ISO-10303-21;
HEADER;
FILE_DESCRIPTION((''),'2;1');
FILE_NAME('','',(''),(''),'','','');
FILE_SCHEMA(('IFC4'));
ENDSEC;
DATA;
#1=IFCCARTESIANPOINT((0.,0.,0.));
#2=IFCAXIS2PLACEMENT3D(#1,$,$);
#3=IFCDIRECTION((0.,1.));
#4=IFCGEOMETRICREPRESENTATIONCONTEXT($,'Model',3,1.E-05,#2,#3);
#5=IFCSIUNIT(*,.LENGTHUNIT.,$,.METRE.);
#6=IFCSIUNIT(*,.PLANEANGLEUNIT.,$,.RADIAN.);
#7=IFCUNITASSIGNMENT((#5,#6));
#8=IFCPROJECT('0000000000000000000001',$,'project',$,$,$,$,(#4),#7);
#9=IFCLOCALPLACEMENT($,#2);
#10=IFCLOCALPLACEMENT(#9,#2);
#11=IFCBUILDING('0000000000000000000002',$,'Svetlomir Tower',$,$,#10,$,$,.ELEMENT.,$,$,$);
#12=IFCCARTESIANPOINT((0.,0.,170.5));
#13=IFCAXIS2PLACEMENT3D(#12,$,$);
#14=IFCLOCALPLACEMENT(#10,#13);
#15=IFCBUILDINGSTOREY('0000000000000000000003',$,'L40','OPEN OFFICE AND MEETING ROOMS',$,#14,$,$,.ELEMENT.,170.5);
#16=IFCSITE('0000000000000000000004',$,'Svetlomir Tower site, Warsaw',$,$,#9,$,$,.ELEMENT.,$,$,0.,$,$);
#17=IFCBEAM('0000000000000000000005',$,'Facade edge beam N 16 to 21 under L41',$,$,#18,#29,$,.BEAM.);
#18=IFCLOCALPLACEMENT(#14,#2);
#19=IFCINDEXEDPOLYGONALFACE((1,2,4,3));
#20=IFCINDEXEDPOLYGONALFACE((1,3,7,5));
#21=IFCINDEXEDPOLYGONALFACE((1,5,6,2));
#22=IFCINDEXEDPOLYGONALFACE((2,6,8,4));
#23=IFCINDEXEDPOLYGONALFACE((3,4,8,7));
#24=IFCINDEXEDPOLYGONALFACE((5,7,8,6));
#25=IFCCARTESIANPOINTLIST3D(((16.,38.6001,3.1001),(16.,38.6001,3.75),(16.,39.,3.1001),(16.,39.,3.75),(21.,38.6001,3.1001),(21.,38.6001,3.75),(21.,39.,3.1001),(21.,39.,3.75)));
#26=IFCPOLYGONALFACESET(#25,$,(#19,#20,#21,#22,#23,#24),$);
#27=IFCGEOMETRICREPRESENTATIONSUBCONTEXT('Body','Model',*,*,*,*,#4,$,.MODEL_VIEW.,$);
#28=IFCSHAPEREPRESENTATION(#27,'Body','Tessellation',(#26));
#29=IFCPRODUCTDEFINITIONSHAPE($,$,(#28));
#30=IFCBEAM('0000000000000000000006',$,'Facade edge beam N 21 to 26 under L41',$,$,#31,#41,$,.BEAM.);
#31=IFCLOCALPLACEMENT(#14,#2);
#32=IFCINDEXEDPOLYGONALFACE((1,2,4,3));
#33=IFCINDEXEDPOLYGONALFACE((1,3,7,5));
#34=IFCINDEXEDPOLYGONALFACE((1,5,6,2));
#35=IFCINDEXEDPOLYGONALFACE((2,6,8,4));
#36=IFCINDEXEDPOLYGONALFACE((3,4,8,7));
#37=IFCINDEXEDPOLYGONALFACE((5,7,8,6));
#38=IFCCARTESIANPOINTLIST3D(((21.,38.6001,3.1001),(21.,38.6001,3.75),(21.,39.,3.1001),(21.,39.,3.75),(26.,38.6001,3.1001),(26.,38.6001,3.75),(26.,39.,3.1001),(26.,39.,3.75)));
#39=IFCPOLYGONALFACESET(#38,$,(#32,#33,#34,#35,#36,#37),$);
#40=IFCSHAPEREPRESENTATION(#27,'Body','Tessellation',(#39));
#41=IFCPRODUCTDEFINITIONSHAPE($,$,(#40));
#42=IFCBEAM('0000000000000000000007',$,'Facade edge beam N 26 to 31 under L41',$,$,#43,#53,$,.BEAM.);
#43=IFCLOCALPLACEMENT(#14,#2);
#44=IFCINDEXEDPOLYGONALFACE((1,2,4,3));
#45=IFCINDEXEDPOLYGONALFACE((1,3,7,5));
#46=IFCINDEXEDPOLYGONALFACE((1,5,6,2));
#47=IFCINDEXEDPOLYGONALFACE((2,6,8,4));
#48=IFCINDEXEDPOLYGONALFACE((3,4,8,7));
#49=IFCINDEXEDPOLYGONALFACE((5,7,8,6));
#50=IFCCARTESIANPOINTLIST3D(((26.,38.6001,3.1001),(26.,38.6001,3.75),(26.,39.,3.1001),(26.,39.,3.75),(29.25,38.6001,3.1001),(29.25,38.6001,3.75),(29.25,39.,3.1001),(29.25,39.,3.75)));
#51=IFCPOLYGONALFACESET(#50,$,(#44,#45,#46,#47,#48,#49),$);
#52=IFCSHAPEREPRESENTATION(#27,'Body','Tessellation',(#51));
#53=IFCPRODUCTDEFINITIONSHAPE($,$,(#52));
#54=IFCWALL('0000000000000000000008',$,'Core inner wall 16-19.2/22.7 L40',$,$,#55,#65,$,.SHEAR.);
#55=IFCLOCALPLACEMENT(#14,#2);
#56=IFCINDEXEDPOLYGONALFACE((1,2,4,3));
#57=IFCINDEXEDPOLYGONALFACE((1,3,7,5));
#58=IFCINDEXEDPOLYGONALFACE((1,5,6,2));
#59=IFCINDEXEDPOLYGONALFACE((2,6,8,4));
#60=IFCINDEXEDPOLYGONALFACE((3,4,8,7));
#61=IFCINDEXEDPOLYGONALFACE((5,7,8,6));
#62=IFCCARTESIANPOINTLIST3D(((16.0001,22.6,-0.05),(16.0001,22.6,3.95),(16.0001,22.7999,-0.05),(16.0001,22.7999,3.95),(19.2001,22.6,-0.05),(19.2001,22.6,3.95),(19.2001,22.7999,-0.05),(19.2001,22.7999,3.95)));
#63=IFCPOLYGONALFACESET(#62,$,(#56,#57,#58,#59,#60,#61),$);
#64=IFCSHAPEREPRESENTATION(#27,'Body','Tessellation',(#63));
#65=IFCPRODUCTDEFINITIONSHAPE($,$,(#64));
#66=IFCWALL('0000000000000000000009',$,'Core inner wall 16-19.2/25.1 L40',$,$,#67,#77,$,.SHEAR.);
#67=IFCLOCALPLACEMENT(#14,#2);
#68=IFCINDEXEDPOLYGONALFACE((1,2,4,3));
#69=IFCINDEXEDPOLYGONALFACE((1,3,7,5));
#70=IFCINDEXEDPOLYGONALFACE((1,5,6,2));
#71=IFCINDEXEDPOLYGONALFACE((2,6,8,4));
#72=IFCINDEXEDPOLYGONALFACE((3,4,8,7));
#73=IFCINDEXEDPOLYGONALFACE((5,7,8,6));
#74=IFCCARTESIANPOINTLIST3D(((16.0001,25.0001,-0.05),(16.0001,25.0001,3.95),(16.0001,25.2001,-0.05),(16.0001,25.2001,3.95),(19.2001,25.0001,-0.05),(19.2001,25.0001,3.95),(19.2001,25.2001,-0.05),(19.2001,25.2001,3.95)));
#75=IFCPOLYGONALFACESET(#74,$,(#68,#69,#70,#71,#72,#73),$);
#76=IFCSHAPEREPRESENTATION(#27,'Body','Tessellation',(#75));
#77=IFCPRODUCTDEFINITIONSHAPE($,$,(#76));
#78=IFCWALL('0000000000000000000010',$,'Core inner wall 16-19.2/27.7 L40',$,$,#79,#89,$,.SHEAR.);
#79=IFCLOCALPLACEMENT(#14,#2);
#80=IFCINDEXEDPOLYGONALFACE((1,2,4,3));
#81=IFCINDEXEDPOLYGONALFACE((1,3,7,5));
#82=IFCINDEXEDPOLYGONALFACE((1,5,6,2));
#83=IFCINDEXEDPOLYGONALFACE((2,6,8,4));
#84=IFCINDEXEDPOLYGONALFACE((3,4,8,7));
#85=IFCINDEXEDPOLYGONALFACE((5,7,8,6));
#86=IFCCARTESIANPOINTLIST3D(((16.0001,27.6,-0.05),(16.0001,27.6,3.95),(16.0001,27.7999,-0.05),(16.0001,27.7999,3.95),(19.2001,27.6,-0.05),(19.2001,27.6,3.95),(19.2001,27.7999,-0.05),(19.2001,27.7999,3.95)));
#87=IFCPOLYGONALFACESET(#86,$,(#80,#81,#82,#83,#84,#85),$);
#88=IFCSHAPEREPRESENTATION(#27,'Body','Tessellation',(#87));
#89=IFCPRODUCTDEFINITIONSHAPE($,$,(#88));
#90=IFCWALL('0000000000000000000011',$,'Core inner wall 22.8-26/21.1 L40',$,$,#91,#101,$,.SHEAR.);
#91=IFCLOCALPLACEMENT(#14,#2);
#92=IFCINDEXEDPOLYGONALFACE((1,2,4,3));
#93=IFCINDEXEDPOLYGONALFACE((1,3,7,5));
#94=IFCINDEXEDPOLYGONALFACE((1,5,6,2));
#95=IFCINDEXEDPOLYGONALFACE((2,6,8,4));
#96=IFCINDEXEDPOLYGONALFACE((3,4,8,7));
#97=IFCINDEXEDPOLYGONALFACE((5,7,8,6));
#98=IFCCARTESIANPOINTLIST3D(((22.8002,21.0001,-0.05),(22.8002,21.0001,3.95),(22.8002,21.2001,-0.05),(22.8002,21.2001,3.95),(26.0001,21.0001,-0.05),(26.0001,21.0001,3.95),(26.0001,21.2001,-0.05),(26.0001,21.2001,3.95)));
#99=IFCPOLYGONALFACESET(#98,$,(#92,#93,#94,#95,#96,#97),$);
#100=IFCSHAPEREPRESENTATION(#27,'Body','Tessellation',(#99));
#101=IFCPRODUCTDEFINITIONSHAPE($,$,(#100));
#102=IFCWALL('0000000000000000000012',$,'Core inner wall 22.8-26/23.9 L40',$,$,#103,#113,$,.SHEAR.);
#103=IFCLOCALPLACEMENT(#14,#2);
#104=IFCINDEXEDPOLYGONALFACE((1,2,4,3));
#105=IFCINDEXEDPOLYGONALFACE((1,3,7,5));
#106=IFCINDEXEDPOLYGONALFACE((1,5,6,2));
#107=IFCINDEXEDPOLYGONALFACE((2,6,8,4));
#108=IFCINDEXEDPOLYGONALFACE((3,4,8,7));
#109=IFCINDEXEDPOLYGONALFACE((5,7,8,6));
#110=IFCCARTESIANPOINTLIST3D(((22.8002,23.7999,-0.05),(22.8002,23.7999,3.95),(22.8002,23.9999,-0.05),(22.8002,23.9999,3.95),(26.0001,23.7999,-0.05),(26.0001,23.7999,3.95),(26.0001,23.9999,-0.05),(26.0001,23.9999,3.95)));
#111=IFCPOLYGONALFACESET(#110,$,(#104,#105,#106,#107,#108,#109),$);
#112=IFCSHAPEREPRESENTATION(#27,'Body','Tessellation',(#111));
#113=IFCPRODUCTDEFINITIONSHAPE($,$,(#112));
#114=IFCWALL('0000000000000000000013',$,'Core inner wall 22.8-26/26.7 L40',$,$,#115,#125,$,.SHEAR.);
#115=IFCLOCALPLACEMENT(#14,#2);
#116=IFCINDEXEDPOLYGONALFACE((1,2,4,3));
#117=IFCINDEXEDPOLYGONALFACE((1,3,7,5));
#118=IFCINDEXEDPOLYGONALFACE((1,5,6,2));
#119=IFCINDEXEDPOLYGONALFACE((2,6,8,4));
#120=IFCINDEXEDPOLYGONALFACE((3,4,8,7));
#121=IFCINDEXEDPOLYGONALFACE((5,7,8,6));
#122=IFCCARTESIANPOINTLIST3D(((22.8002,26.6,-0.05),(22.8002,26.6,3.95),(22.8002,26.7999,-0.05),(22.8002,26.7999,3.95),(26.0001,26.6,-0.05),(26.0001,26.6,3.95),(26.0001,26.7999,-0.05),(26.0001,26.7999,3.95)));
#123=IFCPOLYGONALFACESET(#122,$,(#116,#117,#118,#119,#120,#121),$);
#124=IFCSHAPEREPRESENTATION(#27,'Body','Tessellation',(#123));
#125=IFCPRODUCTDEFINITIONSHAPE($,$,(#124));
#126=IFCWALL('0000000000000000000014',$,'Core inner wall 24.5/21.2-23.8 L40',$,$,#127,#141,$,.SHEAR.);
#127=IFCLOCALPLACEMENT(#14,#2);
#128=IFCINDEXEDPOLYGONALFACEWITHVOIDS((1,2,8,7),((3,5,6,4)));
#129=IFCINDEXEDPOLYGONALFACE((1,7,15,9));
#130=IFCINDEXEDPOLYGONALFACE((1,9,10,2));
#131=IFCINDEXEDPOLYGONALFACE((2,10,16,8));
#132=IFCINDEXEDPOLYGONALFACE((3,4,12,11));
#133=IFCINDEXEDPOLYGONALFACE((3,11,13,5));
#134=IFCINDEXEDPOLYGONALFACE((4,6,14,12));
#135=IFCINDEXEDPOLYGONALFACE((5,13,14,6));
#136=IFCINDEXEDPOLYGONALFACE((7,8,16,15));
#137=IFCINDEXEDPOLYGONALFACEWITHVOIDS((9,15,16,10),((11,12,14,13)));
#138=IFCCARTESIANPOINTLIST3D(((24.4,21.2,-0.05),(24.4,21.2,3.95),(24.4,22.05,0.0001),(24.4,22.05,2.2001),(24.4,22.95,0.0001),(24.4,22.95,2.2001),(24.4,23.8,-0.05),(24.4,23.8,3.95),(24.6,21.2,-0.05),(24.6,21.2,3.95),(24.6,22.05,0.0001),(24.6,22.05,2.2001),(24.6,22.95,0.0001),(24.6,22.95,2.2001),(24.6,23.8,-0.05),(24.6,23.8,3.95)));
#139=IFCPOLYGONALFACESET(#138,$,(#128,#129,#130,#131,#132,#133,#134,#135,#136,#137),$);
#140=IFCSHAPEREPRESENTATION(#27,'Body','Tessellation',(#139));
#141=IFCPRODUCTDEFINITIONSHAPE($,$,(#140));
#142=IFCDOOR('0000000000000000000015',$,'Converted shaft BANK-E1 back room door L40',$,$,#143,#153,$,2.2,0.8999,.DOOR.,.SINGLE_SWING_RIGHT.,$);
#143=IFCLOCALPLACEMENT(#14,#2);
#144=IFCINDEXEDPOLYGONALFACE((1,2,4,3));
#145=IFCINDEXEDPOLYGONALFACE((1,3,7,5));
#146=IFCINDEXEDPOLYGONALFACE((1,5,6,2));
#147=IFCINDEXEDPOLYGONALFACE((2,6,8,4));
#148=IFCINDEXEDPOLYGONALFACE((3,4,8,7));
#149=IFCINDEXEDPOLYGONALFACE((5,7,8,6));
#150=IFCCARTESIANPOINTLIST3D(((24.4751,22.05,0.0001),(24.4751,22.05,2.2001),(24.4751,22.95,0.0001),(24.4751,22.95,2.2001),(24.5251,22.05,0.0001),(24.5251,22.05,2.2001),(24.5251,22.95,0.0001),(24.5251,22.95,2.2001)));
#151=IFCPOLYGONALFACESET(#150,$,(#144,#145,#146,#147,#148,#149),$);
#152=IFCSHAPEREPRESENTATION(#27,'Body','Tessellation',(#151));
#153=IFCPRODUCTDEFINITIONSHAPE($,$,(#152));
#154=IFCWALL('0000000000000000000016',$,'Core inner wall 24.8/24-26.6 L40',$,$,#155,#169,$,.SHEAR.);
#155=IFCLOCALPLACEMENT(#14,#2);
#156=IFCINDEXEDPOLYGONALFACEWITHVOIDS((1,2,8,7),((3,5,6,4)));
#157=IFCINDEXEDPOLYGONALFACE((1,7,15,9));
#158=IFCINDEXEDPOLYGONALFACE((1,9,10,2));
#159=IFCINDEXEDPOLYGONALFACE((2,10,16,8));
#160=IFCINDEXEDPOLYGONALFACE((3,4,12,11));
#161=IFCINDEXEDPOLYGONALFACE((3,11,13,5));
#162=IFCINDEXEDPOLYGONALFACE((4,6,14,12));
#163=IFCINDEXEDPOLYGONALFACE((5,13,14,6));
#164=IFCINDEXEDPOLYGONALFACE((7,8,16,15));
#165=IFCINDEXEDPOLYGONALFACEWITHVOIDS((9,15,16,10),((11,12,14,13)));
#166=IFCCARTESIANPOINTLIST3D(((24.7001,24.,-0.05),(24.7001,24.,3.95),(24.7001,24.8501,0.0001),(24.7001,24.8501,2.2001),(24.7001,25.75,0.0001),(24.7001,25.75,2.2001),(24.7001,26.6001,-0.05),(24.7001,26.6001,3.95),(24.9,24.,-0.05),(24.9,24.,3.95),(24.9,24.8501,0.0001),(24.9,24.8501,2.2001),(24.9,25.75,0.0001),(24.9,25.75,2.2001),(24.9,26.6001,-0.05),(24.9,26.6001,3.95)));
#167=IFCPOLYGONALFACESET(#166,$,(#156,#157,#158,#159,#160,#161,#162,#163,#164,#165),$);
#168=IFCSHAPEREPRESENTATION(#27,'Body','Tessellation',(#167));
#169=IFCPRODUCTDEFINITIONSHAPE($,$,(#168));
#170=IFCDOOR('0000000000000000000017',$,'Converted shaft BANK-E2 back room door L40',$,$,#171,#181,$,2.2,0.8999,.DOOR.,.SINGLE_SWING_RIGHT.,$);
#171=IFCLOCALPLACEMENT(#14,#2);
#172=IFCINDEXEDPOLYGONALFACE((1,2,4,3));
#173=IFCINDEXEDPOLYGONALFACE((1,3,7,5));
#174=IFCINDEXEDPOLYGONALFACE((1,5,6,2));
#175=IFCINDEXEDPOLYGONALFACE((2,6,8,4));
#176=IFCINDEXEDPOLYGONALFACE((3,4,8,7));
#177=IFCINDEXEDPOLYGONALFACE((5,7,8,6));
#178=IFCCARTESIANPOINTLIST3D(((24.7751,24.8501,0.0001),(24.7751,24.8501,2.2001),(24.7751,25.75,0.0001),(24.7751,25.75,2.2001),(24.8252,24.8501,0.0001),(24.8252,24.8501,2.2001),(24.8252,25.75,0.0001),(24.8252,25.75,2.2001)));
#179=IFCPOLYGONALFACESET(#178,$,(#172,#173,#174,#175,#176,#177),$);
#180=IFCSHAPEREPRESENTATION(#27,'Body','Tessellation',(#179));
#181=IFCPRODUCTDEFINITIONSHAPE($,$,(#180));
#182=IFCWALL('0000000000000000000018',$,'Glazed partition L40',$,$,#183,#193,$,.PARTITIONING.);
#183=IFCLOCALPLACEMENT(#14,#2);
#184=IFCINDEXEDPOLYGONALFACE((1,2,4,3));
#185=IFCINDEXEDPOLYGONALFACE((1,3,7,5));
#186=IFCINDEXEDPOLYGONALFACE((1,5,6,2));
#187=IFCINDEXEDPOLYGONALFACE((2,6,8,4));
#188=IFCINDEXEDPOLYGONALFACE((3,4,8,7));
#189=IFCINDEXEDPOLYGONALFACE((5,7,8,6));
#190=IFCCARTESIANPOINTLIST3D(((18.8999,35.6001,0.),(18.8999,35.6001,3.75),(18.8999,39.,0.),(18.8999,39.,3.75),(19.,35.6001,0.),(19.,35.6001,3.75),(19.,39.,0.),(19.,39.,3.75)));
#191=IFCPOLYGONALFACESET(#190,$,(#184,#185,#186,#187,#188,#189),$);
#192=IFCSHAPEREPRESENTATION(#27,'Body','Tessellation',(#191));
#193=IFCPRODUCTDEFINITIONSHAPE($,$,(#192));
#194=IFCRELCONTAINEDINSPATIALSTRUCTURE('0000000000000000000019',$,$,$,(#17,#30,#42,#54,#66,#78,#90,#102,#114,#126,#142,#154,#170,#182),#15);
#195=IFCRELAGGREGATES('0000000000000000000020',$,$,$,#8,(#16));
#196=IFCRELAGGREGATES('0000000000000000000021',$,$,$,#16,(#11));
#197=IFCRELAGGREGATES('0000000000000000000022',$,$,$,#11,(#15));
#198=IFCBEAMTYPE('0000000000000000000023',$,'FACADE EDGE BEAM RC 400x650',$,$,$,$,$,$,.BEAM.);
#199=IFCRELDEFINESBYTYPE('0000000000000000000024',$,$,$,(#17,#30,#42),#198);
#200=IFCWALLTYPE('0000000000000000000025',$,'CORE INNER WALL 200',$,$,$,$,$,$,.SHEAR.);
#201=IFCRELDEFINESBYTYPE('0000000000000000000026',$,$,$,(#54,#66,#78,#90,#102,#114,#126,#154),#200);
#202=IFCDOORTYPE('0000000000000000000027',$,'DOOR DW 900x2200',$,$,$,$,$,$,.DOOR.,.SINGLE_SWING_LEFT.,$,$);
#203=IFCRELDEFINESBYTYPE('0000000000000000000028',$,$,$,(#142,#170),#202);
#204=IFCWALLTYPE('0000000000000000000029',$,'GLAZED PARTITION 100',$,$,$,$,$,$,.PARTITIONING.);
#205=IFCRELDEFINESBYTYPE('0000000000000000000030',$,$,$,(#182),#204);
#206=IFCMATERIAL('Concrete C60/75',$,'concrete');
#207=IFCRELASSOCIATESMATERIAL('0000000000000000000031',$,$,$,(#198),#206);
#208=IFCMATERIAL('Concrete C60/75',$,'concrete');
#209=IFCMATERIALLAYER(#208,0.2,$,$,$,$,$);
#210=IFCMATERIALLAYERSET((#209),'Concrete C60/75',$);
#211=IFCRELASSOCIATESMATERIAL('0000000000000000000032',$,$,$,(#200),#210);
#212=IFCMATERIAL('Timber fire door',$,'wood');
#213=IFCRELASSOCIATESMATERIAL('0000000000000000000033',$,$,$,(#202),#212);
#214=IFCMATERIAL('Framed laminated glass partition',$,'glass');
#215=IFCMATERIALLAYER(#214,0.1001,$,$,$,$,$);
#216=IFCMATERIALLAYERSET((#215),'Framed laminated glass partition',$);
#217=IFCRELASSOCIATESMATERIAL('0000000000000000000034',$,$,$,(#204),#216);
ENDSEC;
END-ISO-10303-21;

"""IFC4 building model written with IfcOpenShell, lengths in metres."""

from ifc_helpers import new_model, si_unit, direction, frame, frame_2d, origin, origin_2d, place, context, subcontext, project, spatial, rectangle, extrude, material, layer, layer_set, material_profile, profile_set, type_object, element, fill, save


model = new_model("IFC4")

# Units and contexts
model_context = context("Model", 3, precision=1e-05, world=origin(), true_north=direction((0.0, 1.0)))
body_context = subcontext(model_context, "Body", "Model", "MODEL_VIEW")
ifc_project = project(units=[si_unit("LENGTHUNIT", "METRE"), si_unit("PLANEANGLEUNIT", "RADIAN")], contexts=[model_context])

# Site, building, storey
site_placement = place(None, origin())
site = spatial("IfcSite", under=ifc_project, at=site_placement, Name="Svetlomir Tower site, Warsaw", CompositionType="ELEMENT", RefElevation=0.0)
building_placement = place(site_placement, origin())
building = spatial("IfcBuilding", under=site, at=building_placement, Name="Svetlomir Tower", CompositionType="ELEMENT")
storey_placement = place(building_placement, frame((0.0, 0.0, 170.5)))
storey = spatial("IfcBuildingStorey", under=building, at=storey_placement, Name="L40", Description="OPEN OFFICE AND MEETING ROOMS", CompositionType="ELEMENT", Elevation=170.5)

# Beams
ifc_material_1 = material(Name="Concrete C60/75", Category="concrete")
ifc_material_profile = material_profile(ifc_material_1, rectangle(XDim=0.3999, YDim=0.6499, at=origin_2d()), Name="RC 400x650")
ifc_profile_set = profile_set([ifc_material_profile], Name="Concrete C60/75")
beam_type = type_object("IfcBeamType", Name="FACADE EDGE BEAM RC 400x650", PredefinedType="BEAM", material=ifc_profile_set)
for number, where, z_axis, x_axis, name in (
    (1, (16.0, 38.8, 3.425), (1.0, 0.0, 0.0), (0.0, 1.0, 0.0), "Facade edge beam N 16 to 21 under L41"),
    (2, (21.0, 38.8, 3.425), (1.0, 0.0, 0.0), (0.0, 1.0, 0.0), "Facade edge beam N 21 to 26 under L41"),
):
    element("IfcBeam", number, at=place(storey_placement, frame(where, z_axis=z_axis, x_axis=x_axis)), inside=storey, type_object=beam_type, Name=name, PredefinedType="BEAM", context=body_context, shape_type="SweptSolid", body=[
        extrude(rectangle(XDim=0.3999, YDim=0.6499, at=origin_2d()), origin(), (0.0, 0.0, 1.0), 5.0),
    ])
beam_placement = place(storey_placement, frame((26.0, 38.8, 3.425), z_axis=(1.0, 0.0, 0.0), x_axis=(0.0, 1.0, 0.0)))
element("IfcBeam", 3, at=beam_placement, inside=storey, type_object=beam_type, Name="Facade edge beam N 26 to 31 under L41", PredefinedType="BEAM", context=body_context, shape_type="SweptSolid", body=[
    extrude(rectangle(XDim=0.3999, YDim=0.6499, at=origin_2d()), origin(), (0.0, 0.0, 1.0), 3.25),
])

# Walls
ifc_material_2 = material(Name="Concrete C60/75", Category="concrete")
ifc_layer_1 = layer(ifc_material_2, 0.2)
ifc_layer_set_1 = layer_set([ifc_layer_1], Name="Concrete C60/75")
wall_type_1 = type_object("IfcWallType", Name="CORE INNER WALL 200", PredefinedType="SHEAR", material=ifc_layer_set_1)
for number, where, z_axis, x_axis, name in (
    (4, (16.0, 22.7, -0.05), (0.0, 0.0, 1.0), (1.0, 0.0, 0.0), "Core inner wall 16-19.2/22.7 L40"),
    (5, (16.0, 25.1001, -0.05), (0.0, 0.0, 1.0), (1.0, 0.0, 0.0), "Core inner wall 16-19.2/25.1 L40"),
    (6, (16.0, 27.7, -0.05), (0.0, 0.0, 1.0), (1.0, 0.0, 0.0), "Core inner wall 16-19.2/27.7 L40"),
    (7, (22.8, 21.1001, -0.05), (0.0, 0.0, 1.0), (1.0, 0.0, 0.0), "Core inner wall 22.8-26/21.1 L40"),
    (8, (22.8, 23.8999, -0.05), (0.0, 0.0, 1.0), (1.0, 0.0, 0.0), "Core inner wall 22.8-26/23.9 L40"),
    (9, (22.8, 26.7, -0.05), (0.0, 0.0, 1.0), (1.0, 0.0, 0.0), "Core inner wall 22.8-26/26.7 L40"),
):
    element("IfcWall", number, at=place(storey_placement, frame(where, z_axis=z_axis, x_axis=x_axis)), inside=storey, type_object=wall_type_1, Name=name, PredefinedType="SHEAR", context=body_context, shape_type="SweptSolid", body=[
        extrude(rectangle(XDim=3.2, YDim=0.2, at=frame_2d((1.6001, 0.0))), origin(), (0.0, 0.0, 1.0), 4.0),
    ])

# Walls, openings, doors
wall_1_placement = place(storey_placement, frame((24.5, 21.2, -0.05), z_axis=(0.0, 0.0, 1.0), x_axis=(0.0, 1.0, 0.0)))
wall_1 = element("IfcWall", 10, at=wall_1_placement, inside=storey, type_object=wall_type_1, Name="Core inner wall 24.5/21.2-23.8 L40", PredefinedType="SHEAR", context=body_context, shape_type="SweptSolid", body=[
    extrude(rectangle(XDim=2.6001, YDim=0.2, at=frame_2d((1.3, 0.0))), origin(), (0.0, 0.0, 1.0), 4.0),
])
opening_1_placement = place(wall_1_placement, frame((0.8501, 0.0, 0.05)))
opening_1 = element("IfcOpeningElement", 11, at=opening_1_placement, cuts=wall_1, PredefinedType="OPENING", context=body_context, shape_type="SweptSolid", body=[
    extrude(rectangle(XDim=0.8999, YDim=2.2, at=frame_2d((0.45, 1.1001))), frame((0.0, 0.1099, 0.0), z_axis=(0.0, -1.0, 0.0), x_axis=(1.0, 0.0, 0.0)), (0.0, 0.0, 1.0), 0.22),
])
ifc_material_3 = material(Name="Timber fire door", Category="wood")
door_type_1 = type_object("IfcDoorType", Name="DOOR DW 900x2200", OperationType="SINGLE_SWING_LEFT", PredefinedType="DOOR", material=ifc_material_3)
door_1_placement = place(opening_1_placement, origin())
door_1 = element("IfcDoor", 12, at=door_1_placement, inside=storey, type_object=door_type_1, Name="Converted shaft BANK-E1 back room door L40", OperationType="SINGLE_SWING_RIGHT", OverallHeight=2.2, OverallWidth=0.8999, PredefinedType="DOOR", context=body_context, shape_type="SweptSolid", body=[
    extrude(rectangle(XDim=0.8999, YDim=2.2, at=frame_2d((0.45, 1.1001))), frame((0.0, 0.0249, 0.0), z_axis=(0.0, -1.0, 0.0), x_axis=(1.0, 0.0, 0.0)), (0.0, 0.0, 1.0), 0.05),
])
fill(opening_1, door_1)
wall_2_placement = place(storey_placement, frame((24.8, 24.0, -0.05), z_axis=(0.0, 0.0, 1.0), x_axis=(0.0, 1.0, 0.0)))
wall_2 = element("IfcWall", 13, at=wall_2_placement, inside=storey, type_object=wall_type_1, Name="Core inner wall 24.8/24-26.6 L40", PredefinedType="SHEAR", context=body_context, shape_type="SweptSolid", body=[
    extrude(rectangle(XDim=2.6001, YDim=0.2, at=frame_2d((1.3, 0.0))), origin(), (0.0, 0.0, 1.0), 4.0),
])
opening_2_placement = place(wall_2_placement, frame((0.8501, 0.0, 0.05)))
opening_2 = element("IfcOpeningElement", 14, at=opening_2_placement, cuts=wall_2, PredefinedType="OPENING", context=body_context, shape_type="SweptSolid", body=[
    extrude(rectangle(XDim=0.8999, YDim=2.2, at=frame_2d((0.45, 1.1001))), frame((0.0, 0.1099, 0.0), z_axis=(0.0, -1.0, 0.0), x_axis=(1.0, 0.0, 0.0)), (0.0, 0.0, 1.0), 0.22),
])
door_2_placement = place(opening_2_placement, origin())
door_2 = element("IfcDoor", 15, at=door_2_placement, inside=storey, type_object=door_type_1, Name="Converted shaft BANK-E2 back room door L40", OperationType="SINGLE_SWING_RIGHT", OverallHeight=2.2, OverallWidth=0.8999, PredefinedType="DOOR", context=body_context, shape_type="SweptSolid", body=[
    extrude(rectangle(XDim=0.8999, YDim=2.2, at=frame_2d((0.45, 1.1001))), frame((0.0, 0.0249, 0.0), z_axis=(0.0, -1.0, 0.0), x_axis=(1.0, 0.0, 0.0)), (0.0, 0.0, 1.0), 0.05),
])
fill(opening_2, door_2)

# Wall
ifc_material_4 = material(Name="Framed laminated glass partition", Category="glass")
ifc_layer_2 = layer(ifc_material_4, 0.1001)
ifc_layer_set_2 = layer_set([ifc_layer_2], Name="Framed laminated glass partition")
wall_type_2 = type_object("IfcWallType", Name="GLAZED PARTITION 100", PredefinedType="PARTITIONING", material=ifc_layer_set_2)
wall_3_placement = place(storey_placement, frame((18.95, 35.6001, 0.0), z_axis=(0.0, 0.0, 1.0), x_axis=(0.0, 1.0, 0.0)))
element("IfcWall", 16, at=wall_3_placement, inside=storey, type_object=wall_type_2, Name="Glazed partition L40", PredefinedType="PARTITIONING", context=body_context, shape_type="SweptSolid", body=[
    extrude(rectangle(XDim=3.3999, YDim=0.1001, at=frame_2d((1.7, 0.0))), origin(), (0.0, 0.0, 1.0), 3.75),
])

save(model, "model.ifc")
